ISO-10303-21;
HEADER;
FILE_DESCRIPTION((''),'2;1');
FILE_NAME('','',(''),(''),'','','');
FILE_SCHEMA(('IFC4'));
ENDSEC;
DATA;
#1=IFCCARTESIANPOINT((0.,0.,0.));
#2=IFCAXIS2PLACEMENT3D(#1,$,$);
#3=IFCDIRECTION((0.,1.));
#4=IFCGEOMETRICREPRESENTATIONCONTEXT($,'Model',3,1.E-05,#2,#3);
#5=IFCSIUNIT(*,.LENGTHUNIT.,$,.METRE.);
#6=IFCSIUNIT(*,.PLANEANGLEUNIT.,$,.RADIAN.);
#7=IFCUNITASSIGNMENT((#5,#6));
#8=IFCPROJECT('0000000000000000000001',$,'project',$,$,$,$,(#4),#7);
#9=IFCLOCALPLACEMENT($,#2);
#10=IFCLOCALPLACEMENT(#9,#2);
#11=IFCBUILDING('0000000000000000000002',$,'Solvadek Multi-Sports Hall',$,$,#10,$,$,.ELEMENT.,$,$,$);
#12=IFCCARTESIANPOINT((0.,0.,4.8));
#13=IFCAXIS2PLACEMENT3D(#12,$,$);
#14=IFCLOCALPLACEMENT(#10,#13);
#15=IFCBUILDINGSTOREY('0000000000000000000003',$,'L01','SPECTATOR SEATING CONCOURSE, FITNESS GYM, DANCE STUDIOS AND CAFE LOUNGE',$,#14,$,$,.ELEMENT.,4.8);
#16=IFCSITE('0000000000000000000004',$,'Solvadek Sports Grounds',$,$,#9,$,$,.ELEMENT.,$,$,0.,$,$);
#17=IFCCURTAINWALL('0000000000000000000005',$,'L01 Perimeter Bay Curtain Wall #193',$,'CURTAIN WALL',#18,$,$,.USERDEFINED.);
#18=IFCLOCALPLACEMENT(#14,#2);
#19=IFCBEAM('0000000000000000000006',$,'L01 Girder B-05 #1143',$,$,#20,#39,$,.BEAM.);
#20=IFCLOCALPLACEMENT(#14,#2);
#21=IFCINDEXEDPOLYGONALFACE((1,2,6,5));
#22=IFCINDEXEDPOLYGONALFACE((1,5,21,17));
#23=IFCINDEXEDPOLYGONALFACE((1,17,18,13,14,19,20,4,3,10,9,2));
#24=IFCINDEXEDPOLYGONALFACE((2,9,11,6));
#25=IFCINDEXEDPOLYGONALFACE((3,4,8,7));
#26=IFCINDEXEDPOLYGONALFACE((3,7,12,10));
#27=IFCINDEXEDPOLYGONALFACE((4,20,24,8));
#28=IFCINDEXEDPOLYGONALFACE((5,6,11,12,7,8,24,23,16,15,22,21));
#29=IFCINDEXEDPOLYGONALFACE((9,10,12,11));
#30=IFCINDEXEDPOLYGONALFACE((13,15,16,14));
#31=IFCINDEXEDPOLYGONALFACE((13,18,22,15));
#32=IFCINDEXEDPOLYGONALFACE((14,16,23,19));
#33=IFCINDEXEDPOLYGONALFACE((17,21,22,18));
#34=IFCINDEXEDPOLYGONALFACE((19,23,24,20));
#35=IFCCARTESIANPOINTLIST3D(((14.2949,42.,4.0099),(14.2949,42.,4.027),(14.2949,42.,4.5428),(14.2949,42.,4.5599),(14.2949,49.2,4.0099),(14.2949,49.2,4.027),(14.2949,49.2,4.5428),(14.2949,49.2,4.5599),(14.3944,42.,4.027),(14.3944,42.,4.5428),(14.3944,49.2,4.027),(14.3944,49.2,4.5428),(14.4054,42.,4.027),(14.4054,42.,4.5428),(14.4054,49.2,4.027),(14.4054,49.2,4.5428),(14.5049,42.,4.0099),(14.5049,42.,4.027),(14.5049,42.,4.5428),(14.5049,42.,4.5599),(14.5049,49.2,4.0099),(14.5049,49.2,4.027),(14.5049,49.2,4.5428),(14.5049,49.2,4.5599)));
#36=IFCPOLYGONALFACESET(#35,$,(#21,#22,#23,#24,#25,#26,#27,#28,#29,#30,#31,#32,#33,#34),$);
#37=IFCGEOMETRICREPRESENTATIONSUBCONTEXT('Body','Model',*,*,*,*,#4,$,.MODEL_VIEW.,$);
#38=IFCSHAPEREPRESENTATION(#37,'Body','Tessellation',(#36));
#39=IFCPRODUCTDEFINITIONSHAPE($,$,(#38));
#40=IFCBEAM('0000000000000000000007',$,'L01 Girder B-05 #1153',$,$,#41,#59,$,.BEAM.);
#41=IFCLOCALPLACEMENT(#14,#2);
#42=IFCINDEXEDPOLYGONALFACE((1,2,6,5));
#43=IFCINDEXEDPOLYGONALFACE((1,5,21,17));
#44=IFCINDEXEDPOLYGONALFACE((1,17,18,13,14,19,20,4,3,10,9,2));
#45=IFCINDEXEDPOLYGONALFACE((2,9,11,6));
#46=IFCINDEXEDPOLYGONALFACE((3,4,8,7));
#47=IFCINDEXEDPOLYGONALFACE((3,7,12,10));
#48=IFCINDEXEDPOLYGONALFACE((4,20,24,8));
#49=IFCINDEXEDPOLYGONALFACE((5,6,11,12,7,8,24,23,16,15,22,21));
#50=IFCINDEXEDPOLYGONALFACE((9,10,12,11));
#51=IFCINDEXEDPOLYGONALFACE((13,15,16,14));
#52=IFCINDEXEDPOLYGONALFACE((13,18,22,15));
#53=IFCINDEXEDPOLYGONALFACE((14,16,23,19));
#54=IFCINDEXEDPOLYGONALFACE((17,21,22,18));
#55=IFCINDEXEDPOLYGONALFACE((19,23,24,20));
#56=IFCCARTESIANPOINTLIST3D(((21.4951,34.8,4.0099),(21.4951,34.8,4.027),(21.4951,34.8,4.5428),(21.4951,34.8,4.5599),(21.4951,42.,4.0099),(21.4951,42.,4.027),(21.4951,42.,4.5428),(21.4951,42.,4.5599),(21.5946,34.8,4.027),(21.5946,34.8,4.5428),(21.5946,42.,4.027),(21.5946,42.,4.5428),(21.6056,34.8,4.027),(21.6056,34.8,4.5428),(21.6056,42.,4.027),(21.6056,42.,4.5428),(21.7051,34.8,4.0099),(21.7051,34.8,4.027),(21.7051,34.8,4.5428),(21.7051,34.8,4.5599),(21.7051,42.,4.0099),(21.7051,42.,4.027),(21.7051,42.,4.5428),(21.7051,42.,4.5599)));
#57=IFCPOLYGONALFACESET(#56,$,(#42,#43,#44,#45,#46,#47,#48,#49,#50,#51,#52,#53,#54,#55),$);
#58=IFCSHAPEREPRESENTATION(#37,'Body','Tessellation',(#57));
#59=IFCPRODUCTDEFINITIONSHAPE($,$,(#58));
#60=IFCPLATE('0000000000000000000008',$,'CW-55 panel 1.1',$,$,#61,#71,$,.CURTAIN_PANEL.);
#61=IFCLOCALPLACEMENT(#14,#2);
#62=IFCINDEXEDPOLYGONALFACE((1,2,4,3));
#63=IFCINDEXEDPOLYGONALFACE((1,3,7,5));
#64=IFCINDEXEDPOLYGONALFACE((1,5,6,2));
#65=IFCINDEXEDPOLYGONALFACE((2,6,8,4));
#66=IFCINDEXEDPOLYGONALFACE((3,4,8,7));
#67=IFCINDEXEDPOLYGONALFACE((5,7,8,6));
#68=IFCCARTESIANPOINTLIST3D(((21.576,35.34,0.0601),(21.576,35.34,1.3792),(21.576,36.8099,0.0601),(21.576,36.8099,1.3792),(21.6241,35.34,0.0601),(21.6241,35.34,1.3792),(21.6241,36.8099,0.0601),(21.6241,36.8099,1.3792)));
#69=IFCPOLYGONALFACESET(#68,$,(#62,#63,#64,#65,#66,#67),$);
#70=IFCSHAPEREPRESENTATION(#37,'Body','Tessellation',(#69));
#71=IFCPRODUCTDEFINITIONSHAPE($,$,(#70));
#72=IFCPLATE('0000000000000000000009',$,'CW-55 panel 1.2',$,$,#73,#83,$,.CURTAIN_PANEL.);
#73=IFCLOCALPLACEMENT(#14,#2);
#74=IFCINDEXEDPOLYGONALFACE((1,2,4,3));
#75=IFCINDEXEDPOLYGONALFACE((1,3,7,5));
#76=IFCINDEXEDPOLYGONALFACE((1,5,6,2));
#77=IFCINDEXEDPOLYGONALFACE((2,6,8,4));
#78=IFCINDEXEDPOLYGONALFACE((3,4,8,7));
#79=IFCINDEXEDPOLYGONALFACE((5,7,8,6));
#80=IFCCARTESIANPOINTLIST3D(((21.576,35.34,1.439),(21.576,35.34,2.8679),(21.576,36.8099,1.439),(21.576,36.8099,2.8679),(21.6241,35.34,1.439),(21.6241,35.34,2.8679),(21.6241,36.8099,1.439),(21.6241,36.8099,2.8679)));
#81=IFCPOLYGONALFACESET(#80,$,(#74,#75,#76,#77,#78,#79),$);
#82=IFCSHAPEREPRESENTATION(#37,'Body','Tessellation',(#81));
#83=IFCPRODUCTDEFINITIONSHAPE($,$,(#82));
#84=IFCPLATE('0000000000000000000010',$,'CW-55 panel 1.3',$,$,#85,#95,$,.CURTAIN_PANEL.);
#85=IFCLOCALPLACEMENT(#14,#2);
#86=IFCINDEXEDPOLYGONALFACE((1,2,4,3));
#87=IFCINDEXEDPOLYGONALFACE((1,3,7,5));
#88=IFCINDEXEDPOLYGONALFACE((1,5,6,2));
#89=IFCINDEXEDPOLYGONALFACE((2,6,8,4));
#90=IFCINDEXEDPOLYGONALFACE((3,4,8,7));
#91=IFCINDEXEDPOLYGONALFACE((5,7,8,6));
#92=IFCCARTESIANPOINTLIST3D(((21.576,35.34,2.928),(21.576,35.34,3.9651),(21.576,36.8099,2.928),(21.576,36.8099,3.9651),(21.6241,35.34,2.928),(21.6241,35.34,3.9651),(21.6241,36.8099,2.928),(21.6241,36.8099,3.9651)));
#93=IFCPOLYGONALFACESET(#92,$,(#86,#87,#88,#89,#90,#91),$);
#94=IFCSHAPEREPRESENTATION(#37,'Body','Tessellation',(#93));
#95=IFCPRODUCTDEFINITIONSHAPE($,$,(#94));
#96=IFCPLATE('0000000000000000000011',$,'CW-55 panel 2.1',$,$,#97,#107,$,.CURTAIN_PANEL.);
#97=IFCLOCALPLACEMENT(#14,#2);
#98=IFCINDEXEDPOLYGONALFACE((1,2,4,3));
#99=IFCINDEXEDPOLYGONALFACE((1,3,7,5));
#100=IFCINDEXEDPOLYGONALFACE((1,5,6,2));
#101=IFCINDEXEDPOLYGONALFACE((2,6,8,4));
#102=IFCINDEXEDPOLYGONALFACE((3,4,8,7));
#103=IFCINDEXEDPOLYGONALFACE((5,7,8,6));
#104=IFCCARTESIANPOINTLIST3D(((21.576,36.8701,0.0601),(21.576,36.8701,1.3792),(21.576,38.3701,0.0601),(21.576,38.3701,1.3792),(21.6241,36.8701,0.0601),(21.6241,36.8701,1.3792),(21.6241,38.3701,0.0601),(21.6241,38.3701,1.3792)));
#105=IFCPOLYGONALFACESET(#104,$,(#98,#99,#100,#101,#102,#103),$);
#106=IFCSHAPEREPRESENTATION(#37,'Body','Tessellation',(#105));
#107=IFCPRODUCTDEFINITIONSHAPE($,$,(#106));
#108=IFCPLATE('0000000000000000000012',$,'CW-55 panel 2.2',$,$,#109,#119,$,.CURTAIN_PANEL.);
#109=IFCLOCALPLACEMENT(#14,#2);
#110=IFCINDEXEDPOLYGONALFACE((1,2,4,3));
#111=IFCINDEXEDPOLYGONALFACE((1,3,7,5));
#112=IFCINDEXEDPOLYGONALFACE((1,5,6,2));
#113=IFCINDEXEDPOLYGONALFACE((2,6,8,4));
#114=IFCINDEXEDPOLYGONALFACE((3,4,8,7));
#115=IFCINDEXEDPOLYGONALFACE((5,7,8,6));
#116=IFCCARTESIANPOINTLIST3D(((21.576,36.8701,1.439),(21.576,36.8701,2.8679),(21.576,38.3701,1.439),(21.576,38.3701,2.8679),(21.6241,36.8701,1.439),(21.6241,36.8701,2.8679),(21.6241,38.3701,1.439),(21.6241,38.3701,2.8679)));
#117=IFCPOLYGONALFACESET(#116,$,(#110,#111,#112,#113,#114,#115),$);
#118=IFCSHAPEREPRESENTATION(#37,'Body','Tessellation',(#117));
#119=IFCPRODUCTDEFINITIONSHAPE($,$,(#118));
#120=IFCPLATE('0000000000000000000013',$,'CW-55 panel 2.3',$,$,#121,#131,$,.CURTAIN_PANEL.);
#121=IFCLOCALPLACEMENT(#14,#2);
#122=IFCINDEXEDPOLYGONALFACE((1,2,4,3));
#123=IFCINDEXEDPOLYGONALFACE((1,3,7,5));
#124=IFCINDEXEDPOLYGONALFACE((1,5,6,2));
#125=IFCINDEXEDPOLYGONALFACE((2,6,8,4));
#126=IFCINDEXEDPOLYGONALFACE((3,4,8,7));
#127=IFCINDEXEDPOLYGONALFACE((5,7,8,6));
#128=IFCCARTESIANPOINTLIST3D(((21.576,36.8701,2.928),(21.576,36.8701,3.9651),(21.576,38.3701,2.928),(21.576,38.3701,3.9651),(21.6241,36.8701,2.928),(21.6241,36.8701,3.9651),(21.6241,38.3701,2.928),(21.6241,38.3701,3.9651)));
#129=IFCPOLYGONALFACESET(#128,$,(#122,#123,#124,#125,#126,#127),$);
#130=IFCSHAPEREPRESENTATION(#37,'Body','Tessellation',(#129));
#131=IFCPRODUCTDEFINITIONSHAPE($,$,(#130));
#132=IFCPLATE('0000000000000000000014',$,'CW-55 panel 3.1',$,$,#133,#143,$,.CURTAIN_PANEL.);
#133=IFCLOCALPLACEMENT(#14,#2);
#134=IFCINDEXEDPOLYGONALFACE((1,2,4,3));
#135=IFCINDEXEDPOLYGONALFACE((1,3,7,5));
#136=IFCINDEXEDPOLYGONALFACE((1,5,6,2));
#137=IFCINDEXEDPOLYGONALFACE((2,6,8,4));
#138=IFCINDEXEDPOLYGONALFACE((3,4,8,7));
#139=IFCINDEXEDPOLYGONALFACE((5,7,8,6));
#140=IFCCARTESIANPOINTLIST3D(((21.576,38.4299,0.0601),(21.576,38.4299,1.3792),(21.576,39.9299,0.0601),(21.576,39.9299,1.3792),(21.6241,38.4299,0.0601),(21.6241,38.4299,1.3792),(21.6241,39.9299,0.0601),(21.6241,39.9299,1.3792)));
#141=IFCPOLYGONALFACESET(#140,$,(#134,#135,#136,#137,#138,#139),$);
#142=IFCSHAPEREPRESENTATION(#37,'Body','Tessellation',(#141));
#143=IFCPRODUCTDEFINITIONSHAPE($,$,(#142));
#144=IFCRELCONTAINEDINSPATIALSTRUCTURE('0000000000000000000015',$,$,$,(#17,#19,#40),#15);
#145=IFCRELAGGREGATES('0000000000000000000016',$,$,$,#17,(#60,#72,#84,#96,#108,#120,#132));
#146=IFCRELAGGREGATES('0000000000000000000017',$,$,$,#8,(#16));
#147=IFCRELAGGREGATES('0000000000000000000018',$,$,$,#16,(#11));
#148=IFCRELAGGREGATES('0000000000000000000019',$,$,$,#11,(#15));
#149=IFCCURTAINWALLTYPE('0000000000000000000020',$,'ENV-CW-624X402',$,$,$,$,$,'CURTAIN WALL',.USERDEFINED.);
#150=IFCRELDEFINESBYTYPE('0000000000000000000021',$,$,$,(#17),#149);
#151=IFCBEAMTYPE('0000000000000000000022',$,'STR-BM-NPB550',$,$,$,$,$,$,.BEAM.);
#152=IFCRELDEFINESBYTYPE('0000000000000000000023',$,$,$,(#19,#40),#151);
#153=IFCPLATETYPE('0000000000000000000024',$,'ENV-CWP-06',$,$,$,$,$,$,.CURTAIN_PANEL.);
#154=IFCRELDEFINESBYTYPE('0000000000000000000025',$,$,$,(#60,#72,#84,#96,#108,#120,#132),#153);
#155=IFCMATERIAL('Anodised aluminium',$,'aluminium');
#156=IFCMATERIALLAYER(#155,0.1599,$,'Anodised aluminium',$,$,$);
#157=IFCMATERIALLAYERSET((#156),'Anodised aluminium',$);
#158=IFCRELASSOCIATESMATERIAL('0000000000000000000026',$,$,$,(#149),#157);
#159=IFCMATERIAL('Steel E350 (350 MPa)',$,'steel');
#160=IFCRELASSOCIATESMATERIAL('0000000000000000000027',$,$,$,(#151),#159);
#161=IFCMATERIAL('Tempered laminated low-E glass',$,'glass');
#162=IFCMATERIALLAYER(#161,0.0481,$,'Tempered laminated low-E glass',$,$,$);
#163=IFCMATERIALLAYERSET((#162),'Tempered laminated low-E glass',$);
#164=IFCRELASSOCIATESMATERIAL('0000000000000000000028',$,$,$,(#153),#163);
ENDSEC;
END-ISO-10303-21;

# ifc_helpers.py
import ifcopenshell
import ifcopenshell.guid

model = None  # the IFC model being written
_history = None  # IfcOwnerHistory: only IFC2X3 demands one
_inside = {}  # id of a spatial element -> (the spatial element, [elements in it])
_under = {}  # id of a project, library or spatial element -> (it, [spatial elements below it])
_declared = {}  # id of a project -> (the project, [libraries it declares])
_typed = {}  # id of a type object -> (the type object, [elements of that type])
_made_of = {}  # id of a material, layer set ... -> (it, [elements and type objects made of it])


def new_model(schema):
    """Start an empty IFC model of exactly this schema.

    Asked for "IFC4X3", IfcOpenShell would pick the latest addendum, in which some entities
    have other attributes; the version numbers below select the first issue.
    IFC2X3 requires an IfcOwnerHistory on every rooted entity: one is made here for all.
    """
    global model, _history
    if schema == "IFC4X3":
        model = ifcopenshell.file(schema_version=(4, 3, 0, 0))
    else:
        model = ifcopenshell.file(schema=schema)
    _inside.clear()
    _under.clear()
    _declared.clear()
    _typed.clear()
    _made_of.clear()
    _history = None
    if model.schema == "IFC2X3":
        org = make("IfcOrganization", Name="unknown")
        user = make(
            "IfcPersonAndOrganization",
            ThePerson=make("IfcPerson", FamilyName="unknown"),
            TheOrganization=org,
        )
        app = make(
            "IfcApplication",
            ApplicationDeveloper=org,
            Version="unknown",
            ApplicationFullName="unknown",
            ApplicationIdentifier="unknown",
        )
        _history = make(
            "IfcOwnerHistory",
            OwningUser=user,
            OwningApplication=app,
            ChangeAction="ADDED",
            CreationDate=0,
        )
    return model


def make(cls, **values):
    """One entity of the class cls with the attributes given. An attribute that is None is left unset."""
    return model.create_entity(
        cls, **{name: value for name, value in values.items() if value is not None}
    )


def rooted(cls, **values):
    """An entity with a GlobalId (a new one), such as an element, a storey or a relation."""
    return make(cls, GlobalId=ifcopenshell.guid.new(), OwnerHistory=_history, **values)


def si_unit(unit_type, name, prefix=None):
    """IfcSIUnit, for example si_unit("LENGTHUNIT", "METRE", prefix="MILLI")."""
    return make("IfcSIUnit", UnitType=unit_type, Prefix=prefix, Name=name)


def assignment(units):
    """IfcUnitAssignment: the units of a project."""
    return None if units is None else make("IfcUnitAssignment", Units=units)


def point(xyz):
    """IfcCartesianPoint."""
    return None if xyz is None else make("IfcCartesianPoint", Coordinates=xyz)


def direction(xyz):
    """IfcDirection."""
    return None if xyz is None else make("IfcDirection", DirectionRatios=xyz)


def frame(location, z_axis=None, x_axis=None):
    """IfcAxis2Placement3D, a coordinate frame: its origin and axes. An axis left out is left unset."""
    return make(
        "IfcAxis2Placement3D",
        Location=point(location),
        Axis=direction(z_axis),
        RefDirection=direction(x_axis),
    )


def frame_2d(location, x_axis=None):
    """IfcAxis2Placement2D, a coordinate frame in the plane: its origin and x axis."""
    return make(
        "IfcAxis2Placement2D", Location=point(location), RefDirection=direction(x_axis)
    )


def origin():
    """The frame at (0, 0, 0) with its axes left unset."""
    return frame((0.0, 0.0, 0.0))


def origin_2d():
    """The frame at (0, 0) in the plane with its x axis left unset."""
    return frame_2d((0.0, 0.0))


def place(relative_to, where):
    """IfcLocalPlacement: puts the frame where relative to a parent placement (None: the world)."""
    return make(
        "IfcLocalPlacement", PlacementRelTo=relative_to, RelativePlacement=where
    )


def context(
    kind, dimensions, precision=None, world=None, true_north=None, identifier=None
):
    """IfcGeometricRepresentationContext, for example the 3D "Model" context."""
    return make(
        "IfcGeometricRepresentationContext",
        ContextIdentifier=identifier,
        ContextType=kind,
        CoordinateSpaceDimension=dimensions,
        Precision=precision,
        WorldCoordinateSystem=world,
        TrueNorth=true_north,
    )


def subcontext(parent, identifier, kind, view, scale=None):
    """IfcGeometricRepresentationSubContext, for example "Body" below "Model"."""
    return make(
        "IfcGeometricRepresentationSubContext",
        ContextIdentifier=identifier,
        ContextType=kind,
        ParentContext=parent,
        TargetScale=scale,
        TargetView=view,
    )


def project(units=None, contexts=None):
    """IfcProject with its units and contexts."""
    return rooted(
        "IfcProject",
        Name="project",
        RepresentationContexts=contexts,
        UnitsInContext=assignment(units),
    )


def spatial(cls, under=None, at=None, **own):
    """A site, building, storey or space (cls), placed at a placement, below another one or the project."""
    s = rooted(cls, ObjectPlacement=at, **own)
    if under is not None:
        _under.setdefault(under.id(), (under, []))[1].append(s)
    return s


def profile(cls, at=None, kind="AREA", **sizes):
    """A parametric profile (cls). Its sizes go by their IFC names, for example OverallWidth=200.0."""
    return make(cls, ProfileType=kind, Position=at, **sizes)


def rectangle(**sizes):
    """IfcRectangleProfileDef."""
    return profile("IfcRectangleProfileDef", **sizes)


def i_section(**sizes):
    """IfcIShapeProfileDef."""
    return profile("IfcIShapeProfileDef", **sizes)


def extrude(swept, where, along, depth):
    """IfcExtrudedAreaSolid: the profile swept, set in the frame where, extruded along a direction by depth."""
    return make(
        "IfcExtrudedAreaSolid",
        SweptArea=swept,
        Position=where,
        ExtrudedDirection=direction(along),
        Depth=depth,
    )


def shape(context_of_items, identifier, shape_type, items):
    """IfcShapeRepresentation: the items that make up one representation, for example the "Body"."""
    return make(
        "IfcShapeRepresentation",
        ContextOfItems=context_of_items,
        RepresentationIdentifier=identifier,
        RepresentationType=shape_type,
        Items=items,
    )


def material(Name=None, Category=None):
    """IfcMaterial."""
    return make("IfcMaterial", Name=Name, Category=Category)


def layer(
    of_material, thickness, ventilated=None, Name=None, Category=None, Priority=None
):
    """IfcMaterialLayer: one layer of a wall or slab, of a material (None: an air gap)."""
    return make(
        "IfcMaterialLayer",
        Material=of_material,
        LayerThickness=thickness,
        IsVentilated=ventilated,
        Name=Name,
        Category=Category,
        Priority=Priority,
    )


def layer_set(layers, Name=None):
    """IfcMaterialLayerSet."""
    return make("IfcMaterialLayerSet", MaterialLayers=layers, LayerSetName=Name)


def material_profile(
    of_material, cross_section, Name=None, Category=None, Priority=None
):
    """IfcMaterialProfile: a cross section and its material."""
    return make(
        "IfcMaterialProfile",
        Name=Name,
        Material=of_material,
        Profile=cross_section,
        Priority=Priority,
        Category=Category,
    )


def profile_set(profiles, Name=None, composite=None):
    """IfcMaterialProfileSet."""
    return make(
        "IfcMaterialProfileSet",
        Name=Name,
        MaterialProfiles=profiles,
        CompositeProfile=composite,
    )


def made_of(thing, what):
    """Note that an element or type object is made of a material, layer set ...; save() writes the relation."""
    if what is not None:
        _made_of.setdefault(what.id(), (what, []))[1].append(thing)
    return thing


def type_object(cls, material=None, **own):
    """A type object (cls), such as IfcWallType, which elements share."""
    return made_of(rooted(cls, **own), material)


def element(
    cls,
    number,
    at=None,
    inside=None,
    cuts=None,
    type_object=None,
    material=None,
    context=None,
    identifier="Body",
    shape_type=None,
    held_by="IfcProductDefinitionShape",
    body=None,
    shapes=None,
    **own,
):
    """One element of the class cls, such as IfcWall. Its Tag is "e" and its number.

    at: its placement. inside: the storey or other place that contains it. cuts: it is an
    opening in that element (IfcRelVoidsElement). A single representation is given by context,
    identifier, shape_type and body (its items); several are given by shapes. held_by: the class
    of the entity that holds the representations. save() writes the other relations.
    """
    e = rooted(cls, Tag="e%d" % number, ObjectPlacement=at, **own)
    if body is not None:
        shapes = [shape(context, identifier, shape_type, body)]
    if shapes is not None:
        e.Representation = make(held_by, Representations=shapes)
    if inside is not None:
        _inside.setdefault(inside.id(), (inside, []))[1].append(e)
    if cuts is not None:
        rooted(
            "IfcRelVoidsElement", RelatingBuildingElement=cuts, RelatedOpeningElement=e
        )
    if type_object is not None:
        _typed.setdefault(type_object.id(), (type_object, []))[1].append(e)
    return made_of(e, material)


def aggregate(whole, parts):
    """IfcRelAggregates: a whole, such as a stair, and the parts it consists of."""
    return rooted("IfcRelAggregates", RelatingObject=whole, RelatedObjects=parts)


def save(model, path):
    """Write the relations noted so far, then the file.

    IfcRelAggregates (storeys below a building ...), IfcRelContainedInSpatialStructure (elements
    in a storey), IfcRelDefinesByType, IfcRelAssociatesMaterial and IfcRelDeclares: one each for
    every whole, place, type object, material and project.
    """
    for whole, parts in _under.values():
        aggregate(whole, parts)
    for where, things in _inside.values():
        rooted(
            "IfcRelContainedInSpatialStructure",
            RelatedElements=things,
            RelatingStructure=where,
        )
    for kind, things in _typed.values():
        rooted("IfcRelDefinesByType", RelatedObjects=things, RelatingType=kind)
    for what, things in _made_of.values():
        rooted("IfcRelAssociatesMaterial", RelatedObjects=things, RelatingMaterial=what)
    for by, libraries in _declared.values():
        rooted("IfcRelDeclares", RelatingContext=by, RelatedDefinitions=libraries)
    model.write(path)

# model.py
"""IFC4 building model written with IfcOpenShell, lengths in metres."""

from ifc_helpers import new_model, si_unit, direction, frame, origin, origin_2d, place, context, subcontext, project, spatial, rectangle, i_section, extrude, material, layer, layer_set, material_profile, profile_set, type_object, element, aggregate, save


model = new_model("IFC4")

# Units and contexts
model_context = context("Model", 3, precision=1e-05, world=origin(), true_north=direction((0.0, 1.0)))
body_context = subcontext(model_context, "Body", "Model", "MODEL_VIEW")
ifc_project = project(units=[si_unit("LENGTHUNIT", "METRE"), si_unit("PLANEANGLEUNIT", "RADIAN")], contexts=[model_context])

# Site, building, storey
site_placement = place(None, origin())
site = spatial("IfcSite", under=ifc_project, at=site_placement, Name="Solvadek Sports Grounds", CompositionType="ELEMENT", RefElevation=0.0)
building_placement = place(site_placement, origin())
building = spatial("IfcBuilding", under=site, at=building_placement, Name="Solvadek Multi-Sports Hall", CompositionType="ELEMENT")
storey_placement = place(building_placement, frame((0.0, 0.0, 4.8)))
storey = spatial("IfcBuildingStorey", under=building, at=storey_placement, Name="L01", Description="SPECTATOR SEATING CONCOURSE, FITNESS GYM, DANCE STUDIOS AND CAFE LOUNGE", CompositionType="ELEMENT", Elevation=4.8)

# Shared definitions
ifc_material_1 = material(Name="Steel E350 (350 MPa)", Category="steel")

# Curtain wall
ifc_material_2 = material(Name="Anodised aluminium", Category="aluminium")
ifc_layer_1 = layer(ifc_material_2, 0.1599, Name="Anodised aluminium")
ifc_layer_set_1 = layer_set([ifc_layer_1], Name="Anodised aluminium")
curtain_wall_type = type_object("IfcCurtainWallType", Name="ENV-CW-624X402", ElementType="CURTAIN WALL", PredefinedType="USERDEFINED", material=ifc_layer_set_1)
curtain_wall_placement = place(storey_placement, origin())
curtain_wall = element("IfcCurtainWall", 1, at=curtain_wall_placement, inside=storey, type_object=curtain_wall_type, Name="L01 Perimeter Bay Curtain Wall #193", ObjectType="CURTAIN WALL", PredefinedType="USERDEFINED")

# Beams
ifc_material_profile_1 = material_profile(ifc_material_1, i_section(OverallWidth=0.21, OverallDepth=0.55, WebThickness=0.011, FlangeThickness=0.0171, at=origin_2d()), Name="NPB 550")
ifc_profile_set_1 = profile_set([ifc_material_profile_1], Name="Steel E350 (350 MPa)")
beam_type_1 = type_object("IfcBeamType", Name="STR-BM-NPB550", PredefinedType="BEAM", material=ifc_profile_set_1)
for number, where, z_axis, x_axis, name in (
    (2, (14.3999, 42.0, 4.2849), (0.0, 1.0, 0.0), (-1.0, 0.0, 0.0), "L01 Girder B-05 #1143"),
    (3, (21.6001, 34.8, 4.2849), (0.0, 1.0, 0.0), (-1.0, 0.0, 0.0), "L01 Girder B-05 #1153"),
):
    element("IfcBeam", number, at=place(storey_placement, frame(where, z_axis=z_axis, x_axis=x_axis)), inside=storey, type_object=beam_type_1, Name=name, PredefinedType="BEAM", context=body_context, shape_type="SweptSolid", body=[
        extrude(i_section(OverallWidth=0.21, OverallDepth=0.55, WebThickness=0.011, FlangeThickness=0.0171, at=origin_2d()), origin(), (0.0, 0.0, 1.0), 7.2),
    ])

# Plates
ifc_material_3 = material(Name="Tempered laminated low-E glass", Category="glass")
ifc_layer_2 = layer(ifc_material_3, 0.0481, Name="Tempered laminated low-E glass")
ifc_layer_set_2 = layer_set([ifc_layer_2], Name="Tempered laminated low-E glass")
plate_type = type_object("IfcPlateType", Name="ENV-CWP-06", PredefinedType="CURTAIN_PANEL", material=ifc_layer_set_2)
plate_1_placement = place(storey_placement, frame((21.6001, 36.075, 0.0601), z_axis=(0.0, 0.0, 1.0), x_axis=(0.0, 1.0, 0.0)))
plate_1 = element("IfcPlate", 4, at=plate_1_placement, type_object=plate_type, Name="CW-55 panel 1.1", PredefinedType="CURTAIN_PANEL", context=body_context, shape_type="SweptSolid", body=[
    extrude(rectangle(XDim=1.47, YDim=0.0481, at=origin_2d()), origin(), (0.0, 0.0, 1.0), 1.3191),
])
plate_2_placement = place(storey_placement, frame((21.6001, 36.075, 1.439), z_axis=(0.0, 0.0, 1.0), x_axis=(0.0, 1.0, 0.0)))
plate_2 = element("IfcPlate", 5, at=plate_2_placement, type_object=plate_type, Name="CW-55 panel 1.2", PredefinedType="CURTAIN_PANEL", context=body_context, shape_type="SweptSolid", body=[
    extrude(rectangle(XDim=1.47, YDim=0.0481, at=origin_2d()), origin(), (0.0, 0.0, 1.0), 1.429),
])
plate_3_placement = place(storey_placement, frame((21.6001, 36.075, 2.928), z_axis=(0.0, 0.0, 1.0), x_axis=(0.0, 1.0, 0.0)))
plate_3 = element("IfcPlate", 6, at=plate_3_placement, type_object=plate_type, Name="CW-55 panel 1.3", PredefinedType="CURTAIN_PANEL", context=body_context, shape_type="SweptSolid", body=[
    extrude(rectangle(XDim=1.47, YDim=0.0481, at=origin_2d()), origin(), (0.0, 0.0, 1.0), 1.0371),
])
plate_4_placement = place(storey_placement, frame((21.6001, 37.6201, 0.0601), z_axis=(0.0, 0.0, 1.0), x_axis=(0.0, 1.0, 0.0)))
plate_4 = element("IfcPlate", 7, at=plate_4_placement, type_object=plate_type, Name="CW-55 panel 2.1", PredefinedType="CURTAIN_PANEL", context=body_context, shape_type="SweptSolid", body=[
    extrude(rectangle(XDim=1.5, YDim=0.0481, at=origin_2d()), origin(), (0.0, 0.0, 1.0), 1.3191),
])
plate_5_placement = place(storey_placement, frame((21.6001, 37.6201, 1.439), z_axis=(0.0, 0.0, 1.0), x_axis=(0.0, 1.0, 0.0)))
plate_5 = element("IfcPlate", 8, at=plate_5_placement, type_object=plate_type, Name="CW-55 panel 2.2", PredefinedType="CURTAIN_PANEL", context=body_context, shape_type="SweptSolid", body=[
    extrude(rectangle(XDim=1.5, YDim=0.0481, at=origin_2d()), origin(), (0.0, 0.0, 1.0), 1.429),
])
plate_6_placement = place(storey_placement, frame((21.6001, 37.6201, 2.928), z_axis=(0.0, 0.0, 1.0), x_axis=(0.0, 1.0, 0.0)))
plate_6 = element("IfcPlate", 9, at=plate_6_placement, type_object=plate_type, Name="CW-55 panel 2.3", PredefinedType="CURTAIN_PANEL", context=body_context, shape_type="SweptSolid", body=[
    extrude(rectangle(XDim=1.5, YDim=0.0481, at=origin_2d()), origin(), (0.0, 0.0, 1.0), 1.0371),
])
plate_7_placement = place(storey_placement, frame((21.6001, 39.1799, 0.0601), z_axis=(0.0, 0.0, 1.0), x_axis=(0.0, 1.0, 0.0)))
plate_7 = element("IfcPlate", 10, at=plate_7_placement, type_object=plate_type, Name="CW-55 panel 3.1", PredefinedType="CURTAIN_PANEL", context=body_context, shape_type="SweptSolid", body=[
    extrude(rectangle(XDim=1.5, YDim=0.0481, at=origin_2d()), origin(), (0.0, 0.0, 1.0), 1.3191),
])
aggregate(curtain_wall, [plate_1, plate_2, plate_3, plate_4, plate_5, plate_6, plate_7])

save(model, "model.ifc")
